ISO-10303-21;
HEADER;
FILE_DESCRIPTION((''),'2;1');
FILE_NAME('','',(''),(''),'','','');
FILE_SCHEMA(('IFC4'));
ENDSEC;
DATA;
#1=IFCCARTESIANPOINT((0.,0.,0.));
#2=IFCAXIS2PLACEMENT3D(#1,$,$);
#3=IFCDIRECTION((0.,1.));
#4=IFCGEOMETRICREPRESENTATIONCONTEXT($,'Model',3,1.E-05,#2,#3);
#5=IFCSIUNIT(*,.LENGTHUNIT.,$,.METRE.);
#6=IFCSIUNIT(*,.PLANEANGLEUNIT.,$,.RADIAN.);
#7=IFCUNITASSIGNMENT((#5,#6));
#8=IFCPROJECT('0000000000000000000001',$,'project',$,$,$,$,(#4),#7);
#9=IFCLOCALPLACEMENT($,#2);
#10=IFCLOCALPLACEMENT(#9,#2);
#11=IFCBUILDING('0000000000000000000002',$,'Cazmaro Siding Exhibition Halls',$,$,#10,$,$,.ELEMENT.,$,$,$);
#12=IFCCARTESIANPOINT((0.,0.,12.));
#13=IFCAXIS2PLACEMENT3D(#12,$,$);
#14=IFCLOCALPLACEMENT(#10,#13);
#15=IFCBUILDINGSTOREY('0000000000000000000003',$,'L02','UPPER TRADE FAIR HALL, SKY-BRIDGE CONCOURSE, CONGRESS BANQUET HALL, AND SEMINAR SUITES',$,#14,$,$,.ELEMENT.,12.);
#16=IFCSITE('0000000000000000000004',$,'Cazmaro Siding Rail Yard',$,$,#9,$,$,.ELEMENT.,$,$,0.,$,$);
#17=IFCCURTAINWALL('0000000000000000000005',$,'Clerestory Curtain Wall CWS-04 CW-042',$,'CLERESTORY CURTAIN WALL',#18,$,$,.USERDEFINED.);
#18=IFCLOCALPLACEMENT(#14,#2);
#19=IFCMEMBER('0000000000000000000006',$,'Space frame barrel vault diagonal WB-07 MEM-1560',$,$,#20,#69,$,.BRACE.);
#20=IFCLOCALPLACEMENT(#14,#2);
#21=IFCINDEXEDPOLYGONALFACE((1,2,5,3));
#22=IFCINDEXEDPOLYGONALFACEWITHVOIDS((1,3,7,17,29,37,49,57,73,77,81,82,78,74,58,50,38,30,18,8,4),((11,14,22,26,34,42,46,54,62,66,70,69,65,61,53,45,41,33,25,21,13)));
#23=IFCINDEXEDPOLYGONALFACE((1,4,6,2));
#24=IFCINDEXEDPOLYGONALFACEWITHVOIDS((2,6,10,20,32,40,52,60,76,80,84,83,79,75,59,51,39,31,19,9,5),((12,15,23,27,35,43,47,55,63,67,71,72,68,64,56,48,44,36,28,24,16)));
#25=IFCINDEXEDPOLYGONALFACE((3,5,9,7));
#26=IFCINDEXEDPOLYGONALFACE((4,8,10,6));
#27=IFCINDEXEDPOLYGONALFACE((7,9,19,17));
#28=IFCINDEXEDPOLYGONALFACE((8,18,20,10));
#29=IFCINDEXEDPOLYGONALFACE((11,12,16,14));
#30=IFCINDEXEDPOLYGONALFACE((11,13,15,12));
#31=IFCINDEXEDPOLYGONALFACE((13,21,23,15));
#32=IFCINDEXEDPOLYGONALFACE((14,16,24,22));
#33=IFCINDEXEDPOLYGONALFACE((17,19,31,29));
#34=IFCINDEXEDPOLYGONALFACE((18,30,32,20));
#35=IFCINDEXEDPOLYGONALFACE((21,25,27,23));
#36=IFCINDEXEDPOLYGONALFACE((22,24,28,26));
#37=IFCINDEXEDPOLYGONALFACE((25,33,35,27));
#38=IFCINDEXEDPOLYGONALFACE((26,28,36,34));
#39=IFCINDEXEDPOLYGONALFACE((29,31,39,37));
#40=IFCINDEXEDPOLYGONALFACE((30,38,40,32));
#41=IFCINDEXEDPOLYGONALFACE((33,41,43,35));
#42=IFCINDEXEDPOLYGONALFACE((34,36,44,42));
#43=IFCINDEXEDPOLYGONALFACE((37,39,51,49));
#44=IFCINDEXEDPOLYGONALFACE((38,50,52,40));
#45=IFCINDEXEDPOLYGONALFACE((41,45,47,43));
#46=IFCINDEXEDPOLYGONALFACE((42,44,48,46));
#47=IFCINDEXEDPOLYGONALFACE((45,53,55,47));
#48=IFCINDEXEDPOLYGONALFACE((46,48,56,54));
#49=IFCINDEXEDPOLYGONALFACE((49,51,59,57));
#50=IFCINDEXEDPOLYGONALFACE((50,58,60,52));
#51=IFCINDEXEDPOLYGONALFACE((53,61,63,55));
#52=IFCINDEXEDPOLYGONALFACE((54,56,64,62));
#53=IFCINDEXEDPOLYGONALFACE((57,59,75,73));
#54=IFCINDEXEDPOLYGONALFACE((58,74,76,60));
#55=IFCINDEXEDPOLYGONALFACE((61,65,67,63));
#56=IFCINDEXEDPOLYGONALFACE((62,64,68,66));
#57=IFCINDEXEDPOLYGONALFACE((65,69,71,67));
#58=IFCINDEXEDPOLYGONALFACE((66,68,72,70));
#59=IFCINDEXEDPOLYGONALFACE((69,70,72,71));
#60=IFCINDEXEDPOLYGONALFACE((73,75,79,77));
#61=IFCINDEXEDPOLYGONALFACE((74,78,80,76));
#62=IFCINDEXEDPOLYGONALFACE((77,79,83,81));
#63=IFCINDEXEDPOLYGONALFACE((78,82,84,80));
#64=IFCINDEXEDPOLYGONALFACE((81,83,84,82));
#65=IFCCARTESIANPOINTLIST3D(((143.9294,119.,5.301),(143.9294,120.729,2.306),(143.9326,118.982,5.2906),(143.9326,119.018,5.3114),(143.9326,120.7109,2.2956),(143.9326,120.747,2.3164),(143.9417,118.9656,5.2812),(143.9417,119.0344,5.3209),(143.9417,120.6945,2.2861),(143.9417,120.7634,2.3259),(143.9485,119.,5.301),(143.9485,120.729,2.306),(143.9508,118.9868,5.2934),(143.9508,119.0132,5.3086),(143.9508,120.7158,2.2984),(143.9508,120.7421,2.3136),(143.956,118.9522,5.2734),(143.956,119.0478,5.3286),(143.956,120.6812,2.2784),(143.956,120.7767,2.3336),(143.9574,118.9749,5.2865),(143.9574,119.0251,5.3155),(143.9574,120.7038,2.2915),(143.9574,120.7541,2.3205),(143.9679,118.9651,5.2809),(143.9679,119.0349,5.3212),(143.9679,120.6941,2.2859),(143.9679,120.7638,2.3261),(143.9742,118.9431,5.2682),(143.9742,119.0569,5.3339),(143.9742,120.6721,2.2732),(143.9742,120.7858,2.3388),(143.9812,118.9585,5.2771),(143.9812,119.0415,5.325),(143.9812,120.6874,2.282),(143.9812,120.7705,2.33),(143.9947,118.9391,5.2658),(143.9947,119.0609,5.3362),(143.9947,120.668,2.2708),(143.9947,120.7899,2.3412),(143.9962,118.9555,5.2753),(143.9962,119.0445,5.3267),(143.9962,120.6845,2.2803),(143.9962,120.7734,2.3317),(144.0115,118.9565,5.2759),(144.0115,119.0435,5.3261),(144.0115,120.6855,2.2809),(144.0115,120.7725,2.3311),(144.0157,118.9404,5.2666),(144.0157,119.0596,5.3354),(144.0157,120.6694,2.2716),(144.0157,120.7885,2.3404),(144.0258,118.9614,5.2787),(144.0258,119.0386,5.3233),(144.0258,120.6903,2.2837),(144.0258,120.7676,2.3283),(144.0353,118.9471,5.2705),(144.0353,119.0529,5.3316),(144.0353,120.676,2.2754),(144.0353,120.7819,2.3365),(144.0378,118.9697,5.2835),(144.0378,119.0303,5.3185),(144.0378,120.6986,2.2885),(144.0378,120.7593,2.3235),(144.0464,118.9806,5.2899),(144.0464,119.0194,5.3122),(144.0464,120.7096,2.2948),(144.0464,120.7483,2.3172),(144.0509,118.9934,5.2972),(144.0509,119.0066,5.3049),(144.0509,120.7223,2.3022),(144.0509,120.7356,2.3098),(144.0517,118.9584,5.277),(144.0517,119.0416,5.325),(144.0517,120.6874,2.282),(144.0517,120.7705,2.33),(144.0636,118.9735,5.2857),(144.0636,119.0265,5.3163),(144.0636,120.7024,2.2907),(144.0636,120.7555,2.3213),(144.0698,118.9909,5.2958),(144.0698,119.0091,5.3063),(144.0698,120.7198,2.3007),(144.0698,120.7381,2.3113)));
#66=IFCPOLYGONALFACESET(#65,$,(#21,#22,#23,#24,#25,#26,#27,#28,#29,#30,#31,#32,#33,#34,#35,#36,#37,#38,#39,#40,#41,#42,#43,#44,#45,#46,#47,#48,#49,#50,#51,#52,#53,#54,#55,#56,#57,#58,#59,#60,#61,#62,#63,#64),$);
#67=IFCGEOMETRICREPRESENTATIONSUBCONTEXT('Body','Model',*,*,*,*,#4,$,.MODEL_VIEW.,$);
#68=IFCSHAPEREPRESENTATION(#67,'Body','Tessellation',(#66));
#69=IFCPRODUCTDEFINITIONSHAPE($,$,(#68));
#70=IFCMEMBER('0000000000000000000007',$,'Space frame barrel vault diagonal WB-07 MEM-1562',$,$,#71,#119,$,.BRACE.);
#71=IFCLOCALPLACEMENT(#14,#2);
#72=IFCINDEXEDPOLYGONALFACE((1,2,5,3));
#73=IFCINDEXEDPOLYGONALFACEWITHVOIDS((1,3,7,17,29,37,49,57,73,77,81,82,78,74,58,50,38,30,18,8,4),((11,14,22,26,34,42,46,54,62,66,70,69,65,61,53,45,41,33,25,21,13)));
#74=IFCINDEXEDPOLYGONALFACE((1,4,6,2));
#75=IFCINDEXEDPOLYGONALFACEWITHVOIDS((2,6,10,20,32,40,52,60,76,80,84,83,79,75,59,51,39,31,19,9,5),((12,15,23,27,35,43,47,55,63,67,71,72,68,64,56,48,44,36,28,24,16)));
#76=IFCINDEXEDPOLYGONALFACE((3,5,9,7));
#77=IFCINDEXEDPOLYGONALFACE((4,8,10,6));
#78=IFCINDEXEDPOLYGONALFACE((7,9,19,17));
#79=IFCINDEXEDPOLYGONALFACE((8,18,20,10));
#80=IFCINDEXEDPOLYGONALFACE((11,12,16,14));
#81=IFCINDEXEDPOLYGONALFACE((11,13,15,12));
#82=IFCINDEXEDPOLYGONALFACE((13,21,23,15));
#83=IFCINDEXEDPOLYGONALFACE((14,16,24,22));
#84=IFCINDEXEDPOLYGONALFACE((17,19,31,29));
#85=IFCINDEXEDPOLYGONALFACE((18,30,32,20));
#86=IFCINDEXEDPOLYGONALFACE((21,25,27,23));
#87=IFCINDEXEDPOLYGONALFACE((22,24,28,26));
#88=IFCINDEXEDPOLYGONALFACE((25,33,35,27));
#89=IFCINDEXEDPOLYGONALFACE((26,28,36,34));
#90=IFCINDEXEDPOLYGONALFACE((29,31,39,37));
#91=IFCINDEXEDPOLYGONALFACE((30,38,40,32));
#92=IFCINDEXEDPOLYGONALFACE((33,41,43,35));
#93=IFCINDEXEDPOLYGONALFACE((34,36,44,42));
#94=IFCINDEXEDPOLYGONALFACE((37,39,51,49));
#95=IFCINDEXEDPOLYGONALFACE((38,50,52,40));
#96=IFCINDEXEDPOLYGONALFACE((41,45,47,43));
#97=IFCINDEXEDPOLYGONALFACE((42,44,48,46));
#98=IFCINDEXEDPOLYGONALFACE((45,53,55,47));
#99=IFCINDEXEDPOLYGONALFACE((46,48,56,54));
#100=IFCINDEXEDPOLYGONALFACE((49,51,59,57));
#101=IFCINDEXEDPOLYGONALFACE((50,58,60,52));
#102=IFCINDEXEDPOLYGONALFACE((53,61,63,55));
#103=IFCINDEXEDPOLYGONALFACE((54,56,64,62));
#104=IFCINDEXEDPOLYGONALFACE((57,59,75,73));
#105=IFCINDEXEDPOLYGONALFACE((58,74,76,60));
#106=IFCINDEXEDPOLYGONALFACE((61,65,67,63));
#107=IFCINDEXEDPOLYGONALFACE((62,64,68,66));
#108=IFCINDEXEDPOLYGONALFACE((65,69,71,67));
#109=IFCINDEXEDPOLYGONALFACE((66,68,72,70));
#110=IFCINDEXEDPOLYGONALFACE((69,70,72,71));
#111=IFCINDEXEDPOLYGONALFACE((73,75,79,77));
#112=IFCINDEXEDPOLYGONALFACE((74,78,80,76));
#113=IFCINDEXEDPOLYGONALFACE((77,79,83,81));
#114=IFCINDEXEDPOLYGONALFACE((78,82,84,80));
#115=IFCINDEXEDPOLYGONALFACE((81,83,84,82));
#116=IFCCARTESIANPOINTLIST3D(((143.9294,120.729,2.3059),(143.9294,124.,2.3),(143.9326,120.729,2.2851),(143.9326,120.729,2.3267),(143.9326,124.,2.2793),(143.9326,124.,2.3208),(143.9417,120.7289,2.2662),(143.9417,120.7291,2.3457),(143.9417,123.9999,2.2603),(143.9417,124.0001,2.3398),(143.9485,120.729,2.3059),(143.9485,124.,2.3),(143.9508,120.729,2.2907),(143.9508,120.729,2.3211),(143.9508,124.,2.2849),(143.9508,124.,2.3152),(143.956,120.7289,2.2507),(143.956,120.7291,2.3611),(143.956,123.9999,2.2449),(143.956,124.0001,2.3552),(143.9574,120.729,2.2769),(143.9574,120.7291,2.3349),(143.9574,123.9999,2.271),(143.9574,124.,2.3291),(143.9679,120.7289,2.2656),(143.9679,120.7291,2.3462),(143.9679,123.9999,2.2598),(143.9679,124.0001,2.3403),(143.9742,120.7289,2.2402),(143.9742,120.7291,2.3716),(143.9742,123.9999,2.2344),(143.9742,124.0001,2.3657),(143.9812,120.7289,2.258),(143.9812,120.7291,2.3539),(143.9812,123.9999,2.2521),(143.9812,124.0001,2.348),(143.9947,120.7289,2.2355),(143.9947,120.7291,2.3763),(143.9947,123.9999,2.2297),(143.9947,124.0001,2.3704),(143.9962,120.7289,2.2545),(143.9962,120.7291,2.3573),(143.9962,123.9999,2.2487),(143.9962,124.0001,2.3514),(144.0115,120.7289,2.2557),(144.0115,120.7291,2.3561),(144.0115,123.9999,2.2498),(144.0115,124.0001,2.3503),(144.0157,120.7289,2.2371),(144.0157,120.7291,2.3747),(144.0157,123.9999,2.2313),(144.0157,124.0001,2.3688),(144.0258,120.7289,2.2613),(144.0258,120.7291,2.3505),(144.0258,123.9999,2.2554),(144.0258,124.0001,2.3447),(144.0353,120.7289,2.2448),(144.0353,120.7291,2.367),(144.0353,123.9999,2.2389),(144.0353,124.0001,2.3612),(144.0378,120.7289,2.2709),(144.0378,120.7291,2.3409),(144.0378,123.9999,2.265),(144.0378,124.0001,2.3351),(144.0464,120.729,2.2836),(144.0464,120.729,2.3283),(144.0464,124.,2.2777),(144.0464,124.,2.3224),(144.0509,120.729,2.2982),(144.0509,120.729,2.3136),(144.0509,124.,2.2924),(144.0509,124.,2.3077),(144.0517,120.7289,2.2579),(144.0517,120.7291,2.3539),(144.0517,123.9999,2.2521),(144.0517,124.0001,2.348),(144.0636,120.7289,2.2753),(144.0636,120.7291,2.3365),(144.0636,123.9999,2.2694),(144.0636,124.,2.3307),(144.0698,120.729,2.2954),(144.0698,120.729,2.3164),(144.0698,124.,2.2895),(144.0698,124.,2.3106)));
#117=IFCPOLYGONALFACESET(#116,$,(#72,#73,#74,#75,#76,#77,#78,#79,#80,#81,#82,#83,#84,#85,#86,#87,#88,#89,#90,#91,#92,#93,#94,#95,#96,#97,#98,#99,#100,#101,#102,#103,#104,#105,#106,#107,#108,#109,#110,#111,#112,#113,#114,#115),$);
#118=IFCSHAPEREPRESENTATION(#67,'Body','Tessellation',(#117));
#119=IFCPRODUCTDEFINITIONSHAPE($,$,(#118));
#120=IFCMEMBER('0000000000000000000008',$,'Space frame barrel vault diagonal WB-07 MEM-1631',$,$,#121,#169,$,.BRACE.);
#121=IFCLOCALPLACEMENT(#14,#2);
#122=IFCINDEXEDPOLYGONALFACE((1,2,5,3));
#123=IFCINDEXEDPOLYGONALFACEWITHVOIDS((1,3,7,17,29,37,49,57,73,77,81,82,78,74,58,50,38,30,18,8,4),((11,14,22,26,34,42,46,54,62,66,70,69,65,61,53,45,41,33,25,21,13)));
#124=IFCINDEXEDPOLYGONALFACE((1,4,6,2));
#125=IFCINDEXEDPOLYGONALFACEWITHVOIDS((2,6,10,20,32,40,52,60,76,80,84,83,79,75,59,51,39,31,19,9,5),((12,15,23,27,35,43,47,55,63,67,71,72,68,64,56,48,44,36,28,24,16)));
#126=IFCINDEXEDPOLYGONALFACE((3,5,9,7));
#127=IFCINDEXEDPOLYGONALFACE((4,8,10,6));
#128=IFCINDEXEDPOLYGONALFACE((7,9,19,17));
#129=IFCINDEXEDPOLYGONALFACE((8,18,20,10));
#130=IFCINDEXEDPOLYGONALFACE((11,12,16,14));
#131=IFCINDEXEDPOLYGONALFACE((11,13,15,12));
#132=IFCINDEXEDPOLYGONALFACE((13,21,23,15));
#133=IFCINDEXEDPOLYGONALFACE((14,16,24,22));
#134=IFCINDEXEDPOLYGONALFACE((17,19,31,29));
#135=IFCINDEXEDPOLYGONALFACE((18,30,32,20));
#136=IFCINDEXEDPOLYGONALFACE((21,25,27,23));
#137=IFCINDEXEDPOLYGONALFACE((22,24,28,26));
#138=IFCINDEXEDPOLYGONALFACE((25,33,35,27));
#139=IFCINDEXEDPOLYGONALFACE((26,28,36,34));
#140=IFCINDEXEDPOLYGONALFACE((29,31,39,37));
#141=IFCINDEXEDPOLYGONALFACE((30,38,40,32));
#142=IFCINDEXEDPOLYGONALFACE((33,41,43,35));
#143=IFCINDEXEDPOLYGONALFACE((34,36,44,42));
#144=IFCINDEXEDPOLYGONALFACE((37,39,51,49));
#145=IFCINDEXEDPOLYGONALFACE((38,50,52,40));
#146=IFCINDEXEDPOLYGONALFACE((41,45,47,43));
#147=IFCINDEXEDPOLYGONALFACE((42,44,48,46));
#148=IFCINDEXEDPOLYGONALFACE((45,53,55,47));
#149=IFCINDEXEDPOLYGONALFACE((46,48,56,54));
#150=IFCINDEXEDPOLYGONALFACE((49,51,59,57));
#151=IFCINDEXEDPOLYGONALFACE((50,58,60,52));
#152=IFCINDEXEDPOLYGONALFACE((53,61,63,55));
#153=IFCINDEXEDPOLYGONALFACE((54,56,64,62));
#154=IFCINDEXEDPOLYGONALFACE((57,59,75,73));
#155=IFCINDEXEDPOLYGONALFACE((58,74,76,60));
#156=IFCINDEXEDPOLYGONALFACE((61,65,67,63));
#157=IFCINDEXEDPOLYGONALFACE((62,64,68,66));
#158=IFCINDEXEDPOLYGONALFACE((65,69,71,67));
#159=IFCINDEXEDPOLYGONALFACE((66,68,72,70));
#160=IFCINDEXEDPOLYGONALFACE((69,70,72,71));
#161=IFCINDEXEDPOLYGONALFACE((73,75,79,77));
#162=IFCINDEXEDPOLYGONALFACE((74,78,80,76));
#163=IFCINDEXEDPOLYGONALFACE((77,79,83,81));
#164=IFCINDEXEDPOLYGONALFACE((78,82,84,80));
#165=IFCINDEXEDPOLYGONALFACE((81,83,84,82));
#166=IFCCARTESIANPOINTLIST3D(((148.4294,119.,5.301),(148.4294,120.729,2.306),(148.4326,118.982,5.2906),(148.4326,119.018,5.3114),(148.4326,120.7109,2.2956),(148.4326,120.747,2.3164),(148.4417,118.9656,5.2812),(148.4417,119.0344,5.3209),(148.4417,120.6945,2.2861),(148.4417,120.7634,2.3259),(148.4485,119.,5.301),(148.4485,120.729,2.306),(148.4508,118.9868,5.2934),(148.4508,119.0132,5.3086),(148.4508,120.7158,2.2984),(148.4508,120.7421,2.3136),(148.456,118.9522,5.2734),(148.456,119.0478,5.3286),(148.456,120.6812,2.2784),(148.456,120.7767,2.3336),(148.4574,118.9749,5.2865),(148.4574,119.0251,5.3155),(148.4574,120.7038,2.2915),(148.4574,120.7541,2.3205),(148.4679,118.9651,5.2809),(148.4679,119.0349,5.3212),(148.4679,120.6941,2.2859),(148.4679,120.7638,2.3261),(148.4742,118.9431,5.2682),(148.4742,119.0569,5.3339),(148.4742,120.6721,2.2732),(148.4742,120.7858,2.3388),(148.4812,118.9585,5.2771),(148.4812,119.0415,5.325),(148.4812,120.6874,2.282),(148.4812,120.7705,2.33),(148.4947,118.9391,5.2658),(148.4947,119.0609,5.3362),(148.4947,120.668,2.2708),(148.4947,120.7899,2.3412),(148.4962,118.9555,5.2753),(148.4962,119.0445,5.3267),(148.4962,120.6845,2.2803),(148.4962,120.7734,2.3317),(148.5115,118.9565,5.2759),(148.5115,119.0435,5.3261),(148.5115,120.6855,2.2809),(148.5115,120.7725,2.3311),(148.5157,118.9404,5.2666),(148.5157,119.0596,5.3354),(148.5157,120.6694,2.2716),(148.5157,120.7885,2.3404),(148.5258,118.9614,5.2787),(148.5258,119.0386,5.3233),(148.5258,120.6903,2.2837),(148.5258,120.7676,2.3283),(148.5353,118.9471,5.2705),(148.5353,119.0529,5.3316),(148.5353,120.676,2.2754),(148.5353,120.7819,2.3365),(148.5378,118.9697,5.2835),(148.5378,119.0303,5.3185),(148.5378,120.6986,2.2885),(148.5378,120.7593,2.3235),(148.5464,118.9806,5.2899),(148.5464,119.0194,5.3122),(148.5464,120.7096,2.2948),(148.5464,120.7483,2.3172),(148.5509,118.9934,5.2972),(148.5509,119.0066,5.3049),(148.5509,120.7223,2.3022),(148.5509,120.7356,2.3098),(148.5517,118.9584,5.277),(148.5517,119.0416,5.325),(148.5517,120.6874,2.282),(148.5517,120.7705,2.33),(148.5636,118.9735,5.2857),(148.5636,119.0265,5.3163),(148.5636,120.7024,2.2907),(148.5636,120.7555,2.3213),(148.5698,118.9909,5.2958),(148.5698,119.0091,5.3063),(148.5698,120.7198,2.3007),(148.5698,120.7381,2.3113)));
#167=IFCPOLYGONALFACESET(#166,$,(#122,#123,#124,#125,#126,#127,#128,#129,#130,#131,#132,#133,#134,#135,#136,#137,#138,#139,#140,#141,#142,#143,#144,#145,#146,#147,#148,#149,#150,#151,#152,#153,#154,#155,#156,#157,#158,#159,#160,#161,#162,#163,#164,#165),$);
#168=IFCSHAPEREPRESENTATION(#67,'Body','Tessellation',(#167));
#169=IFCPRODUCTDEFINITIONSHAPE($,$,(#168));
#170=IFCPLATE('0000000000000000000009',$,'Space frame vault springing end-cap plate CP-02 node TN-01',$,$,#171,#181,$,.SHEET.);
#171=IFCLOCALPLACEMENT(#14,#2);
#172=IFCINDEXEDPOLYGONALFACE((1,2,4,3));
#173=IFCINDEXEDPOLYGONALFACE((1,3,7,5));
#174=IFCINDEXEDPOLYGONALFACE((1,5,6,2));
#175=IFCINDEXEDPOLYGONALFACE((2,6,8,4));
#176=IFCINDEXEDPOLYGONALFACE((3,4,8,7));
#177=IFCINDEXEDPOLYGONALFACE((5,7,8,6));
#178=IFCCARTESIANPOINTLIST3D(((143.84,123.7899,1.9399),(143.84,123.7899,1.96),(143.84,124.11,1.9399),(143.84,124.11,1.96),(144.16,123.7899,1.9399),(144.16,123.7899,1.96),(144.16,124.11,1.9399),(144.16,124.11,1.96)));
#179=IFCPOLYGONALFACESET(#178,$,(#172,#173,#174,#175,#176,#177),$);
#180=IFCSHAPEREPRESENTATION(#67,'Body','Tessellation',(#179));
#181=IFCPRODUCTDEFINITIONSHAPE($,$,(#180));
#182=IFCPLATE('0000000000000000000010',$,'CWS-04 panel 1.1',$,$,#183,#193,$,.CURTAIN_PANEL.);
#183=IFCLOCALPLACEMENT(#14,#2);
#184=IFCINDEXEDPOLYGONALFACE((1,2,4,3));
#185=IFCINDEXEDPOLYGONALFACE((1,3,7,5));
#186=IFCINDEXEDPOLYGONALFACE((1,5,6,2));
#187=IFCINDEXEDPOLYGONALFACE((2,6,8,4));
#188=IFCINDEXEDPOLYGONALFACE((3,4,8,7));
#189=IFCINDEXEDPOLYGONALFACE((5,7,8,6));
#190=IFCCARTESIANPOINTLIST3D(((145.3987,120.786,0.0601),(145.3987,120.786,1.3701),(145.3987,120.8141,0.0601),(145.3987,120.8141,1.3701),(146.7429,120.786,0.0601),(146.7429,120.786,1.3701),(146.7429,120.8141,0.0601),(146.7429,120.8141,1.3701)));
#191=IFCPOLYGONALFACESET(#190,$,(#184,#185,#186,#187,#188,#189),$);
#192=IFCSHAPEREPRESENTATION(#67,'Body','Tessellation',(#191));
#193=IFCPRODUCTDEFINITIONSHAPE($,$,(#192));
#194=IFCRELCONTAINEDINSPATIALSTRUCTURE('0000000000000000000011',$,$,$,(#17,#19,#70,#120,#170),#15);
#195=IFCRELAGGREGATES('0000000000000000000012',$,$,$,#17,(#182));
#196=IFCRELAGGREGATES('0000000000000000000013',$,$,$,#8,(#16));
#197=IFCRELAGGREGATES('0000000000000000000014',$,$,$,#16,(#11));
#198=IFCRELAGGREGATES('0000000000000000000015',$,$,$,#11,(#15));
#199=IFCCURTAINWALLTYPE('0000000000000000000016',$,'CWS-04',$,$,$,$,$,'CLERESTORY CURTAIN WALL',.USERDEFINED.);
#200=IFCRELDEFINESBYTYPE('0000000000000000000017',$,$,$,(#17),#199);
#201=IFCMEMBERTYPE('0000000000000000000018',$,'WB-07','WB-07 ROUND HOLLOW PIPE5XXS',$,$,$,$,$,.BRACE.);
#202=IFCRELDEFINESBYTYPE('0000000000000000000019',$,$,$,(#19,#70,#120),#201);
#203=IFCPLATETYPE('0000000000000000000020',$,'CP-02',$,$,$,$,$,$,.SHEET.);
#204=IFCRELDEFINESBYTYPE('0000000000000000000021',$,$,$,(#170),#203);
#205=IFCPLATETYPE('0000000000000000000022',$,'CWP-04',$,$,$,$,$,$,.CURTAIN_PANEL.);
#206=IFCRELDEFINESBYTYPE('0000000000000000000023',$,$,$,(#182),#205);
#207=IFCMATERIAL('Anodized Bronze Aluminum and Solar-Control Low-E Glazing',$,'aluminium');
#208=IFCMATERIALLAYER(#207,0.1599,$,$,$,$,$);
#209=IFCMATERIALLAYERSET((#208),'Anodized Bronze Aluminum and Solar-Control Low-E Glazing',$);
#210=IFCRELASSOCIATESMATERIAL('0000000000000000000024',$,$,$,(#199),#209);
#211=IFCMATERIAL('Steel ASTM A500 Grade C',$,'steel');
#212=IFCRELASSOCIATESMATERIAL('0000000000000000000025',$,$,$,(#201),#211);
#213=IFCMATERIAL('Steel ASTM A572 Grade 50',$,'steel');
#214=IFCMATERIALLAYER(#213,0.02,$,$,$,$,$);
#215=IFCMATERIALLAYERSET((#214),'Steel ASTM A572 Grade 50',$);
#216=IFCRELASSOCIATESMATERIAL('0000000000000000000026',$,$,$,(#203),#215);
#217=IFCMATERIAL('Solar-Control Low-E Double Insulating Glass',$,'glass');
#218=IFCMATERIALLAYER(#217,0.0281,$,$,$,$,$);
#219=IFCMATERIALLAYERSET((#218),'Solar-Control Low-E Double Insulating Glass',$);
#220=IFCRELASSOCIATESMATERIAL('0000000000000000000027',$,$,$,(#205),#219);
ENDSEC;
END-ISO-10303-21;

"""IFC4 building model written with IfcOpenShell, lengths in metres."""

from ifc_helpers import new_model, si_unit, direction, frame, origin, origin_2d, place, context, subcontext, project, spatial, rectangle, hollow_circle, extrude, material, layer, layer_set, material_profile, profile_set, type_object, element, aggregate, save


model = new_model("IFC4")

# Units and contexts
model_context = context("Model", 3, precision=1e-05, world=origin(), true_north=direction((0.0, 1.0)))
body_context = subcontext(model_context, "Body", "Model", "MODEL_VIEW")
ifc_project = project(units=[si_unit("LENGTHUNIT", "METRE"), si_unit("PLANEANGLEUNIT", "RADIAN")], contexts=[model_context])

# Site, building, storey
site_placement = place(None, origin())
site = spatial("IfcSite", under=ifc_project, at=site_placement, Name="Cazmaro Siding Rail Yard", CompositionType="ELEMENT", RefElevation=0.0)
building_placement = place(site_placement, origin())
building = spatial("IfcBuilding", under=site, at=building_placement, Name="Cazmaro Siding Exhibition Halls", CompositionType="ELEMENT")
storey_placement = place(building_placement, frame((0.0, 0.0, 12.0)))
storey = spatial("IfcBuildingStorey", under=building, at=storey_placement, Name="L02", Description="UPPER TRADE FAIR HALL, SKY-BRIDGE CONCOURSE, CONGRESS BANQUET HALL, AND SEMINAR SUITES", CompositionType="ELEMENT", Elevation=12.0)

# Curtain wall
ifc_material_1 = material(Name="Anodized Bronze Aluminum and Solar-Control Low-E Glazing", Category="aluminium")
ifc_layer_1 = layer(ifc_material_1, 0.1599)
ifc_layer_set_1 = layer_set([ifc_layer_1], Name="Anodized Bronze Aluminum and Solar-Control Low-E Glazing")
curtain_wall_type = type_object("IfcCurtainWallType", Name="CWS-04", ElementType="CLERESTORY CURTAIN WALL", PredefinedType="USERDEFINED", material=ifc_layer_set_1)
curtain_wall_1_placement = place(storey_placement, origin())
curtain_wall_1 = element("IfcCurtainWall", 1, at=curtain_wall_1_placement, inside=storey, type_object=curtain_wall_type, Name="Clerestory Curtain Wall CWS-04 CW-042", ObjectType="CLERESTORY CURTAIN WALL", PredefinedType="USERDEFINED")

# Members
ifc_material_2 = material(Name="Steel ASTM A500 Grade C", Category="steel")
ifc_material_profile_1 = material_profile(ifc_material_2, hollow_circle(Radius=0.0706, WallThickness=0.019, at=origin_2d()), Name="PIPE5XXS")
ifc_profile_set_1 = profile_set([ifc_material_profile_1], Name="Steel ASTM A500 Grade C")
member_type_1 = type_object("IfcMemberType", Name="WB-07", Description="WB-07 ROUND HOLLOW PIPE5XXS", PredefinedType="BRACE", material=ifc_profile_set_1)
member_1_placement = place(storey_placement, frame((144.0, 119.0, 5.301), z_axis=(0.0, 0.499951, -0.866054), x_axis=(-1.0, 0.0, 0.0)))
element("IfcMember", 2, at=member_1_placement, inside=storey, type_object=member_type_1, Name="Space frame barrel vault diagonal WB-07 MEM-1560", PredefinedType="BRACE", context=body_context, shape_type="SweptSolid", body=[
    extrude(hollow_circle(Radius=0.0706, WallThickness=0.019, at=origin_2d()), origin(), (0.0, 0.0, 1.0), 3.4583),
])
member_2_placement = place(storey_placement, frame((144.0, 120.729, 2.3059), z_axis=(0.0, 0.999998, -0.001791), x_axis=(-1.0, 0.0, 0.0)))
element("IfcMember", 3, at=member_2_placement, inside=storey, type_object=member_type_1, Name="Space frame barrel vault diagonal WB-07 MEM-1562", PredefinedType="BRACE", context=body_context, shape_type="SweptSolid", body=[
    extrude(hollow_circle(Radius=0.0706, WallThickness=0.019, at=origin_2d()), origin(), (0.0, 0.0, 1.0), 3.271),
])
member_3_placement = place(storey_placement, frame((148.5, 119.0, 5.301), z_axis=(0.0, 0.499951, -0.866054), x_axis=(-1.0, 0.0, 0.0)))
element("IfcMember", 4, at=member_3_placement, inside=storey, type_object=member_type_1, Name="Space frame barrel vault diagonal WB-07 MEM-1631", PredefinedType="BRACE", context=body_context, shape_type="SweptSolid", body=[
    extrude(hollow_circle(Radius=0.0706, WallThickness=0.019, at=origin_2d()), origin(), (0.0, 0.0, 1.0), 3.4583),
])

# Plates
ifc_material_3 = material(Name="Steel ASTM A572 Grade 50", Category="steel")
ifc_layer_2 = layer(ifc_material_3, 0.02)
ifc_layer_set_2 = layer_set([ifc_layer_2], Name="Steel ASTM A572 Grade 50")
plate_type_1 = type_object("IfcPlateType", Name="CP-02", PredefinedType="SHEET", material=ifc_layer_set_2)
plate_1_placement = place(storey_placement, frame((144.0, 123.95, 1.9399), z_axis=(0.0, 0.0, 1.0), x_axis=(1.0, 0.0, 0.0)))
element("IfcPlate", 5, at=plate_1_placement, inside=storey, type_object=plate_type_1, Name="Space frame vault springing end-cap plate CP-02 node TN-01", PredefinedType="SHEET", context=body_context, shape_type="SweptSolid", body=[
    extrude(rectangle(XDim=0.3201, YDim=0.3201, at=origin_2d()), origin(), (0.0, 0.0, 1.0), 0.02),
])
ifc_material_4 = material(Name="Solar-Control Low-E Double Insulating Glass", Category="glass")
ifc_layer_3 = layer(ifc_material_4, 0.0281)
ifc_layer_set_3 = layer_set([ifc_layer_3], Name="Solar-Control Low-E Double Insulating Glass")
plate_type_2 = type_object("IfcPlateType", Name="CWP-04", PredefinedType="CURTAIN_PANEL", material=ifc_layer_set_3)
plate_2_placement = place(storey_placement, frame((146.0708, 120.8, 0.0601), z_axis=(0.0, 0.0, 1.0), x_axis=(-1.0, 0.0, 0.0)))
plate_2 = element("IfcPlate", 6, at=plate_2_placement, type_object=plate_type_2, Name="CWS-04 panel 1.1", PredefinedType="CURTAIN_PANEL", context=body_context, shape_type="SweptSolid", body=[
    extrude(rectangle(XDim=1.3442, YDim=0.0281, at=origin_2d()), origin(), (0.0, 0.0, 1.0), 1.3101),
])
aggregate(curtain_wall_1, [plate_2])

save(model, "model.ifc")
